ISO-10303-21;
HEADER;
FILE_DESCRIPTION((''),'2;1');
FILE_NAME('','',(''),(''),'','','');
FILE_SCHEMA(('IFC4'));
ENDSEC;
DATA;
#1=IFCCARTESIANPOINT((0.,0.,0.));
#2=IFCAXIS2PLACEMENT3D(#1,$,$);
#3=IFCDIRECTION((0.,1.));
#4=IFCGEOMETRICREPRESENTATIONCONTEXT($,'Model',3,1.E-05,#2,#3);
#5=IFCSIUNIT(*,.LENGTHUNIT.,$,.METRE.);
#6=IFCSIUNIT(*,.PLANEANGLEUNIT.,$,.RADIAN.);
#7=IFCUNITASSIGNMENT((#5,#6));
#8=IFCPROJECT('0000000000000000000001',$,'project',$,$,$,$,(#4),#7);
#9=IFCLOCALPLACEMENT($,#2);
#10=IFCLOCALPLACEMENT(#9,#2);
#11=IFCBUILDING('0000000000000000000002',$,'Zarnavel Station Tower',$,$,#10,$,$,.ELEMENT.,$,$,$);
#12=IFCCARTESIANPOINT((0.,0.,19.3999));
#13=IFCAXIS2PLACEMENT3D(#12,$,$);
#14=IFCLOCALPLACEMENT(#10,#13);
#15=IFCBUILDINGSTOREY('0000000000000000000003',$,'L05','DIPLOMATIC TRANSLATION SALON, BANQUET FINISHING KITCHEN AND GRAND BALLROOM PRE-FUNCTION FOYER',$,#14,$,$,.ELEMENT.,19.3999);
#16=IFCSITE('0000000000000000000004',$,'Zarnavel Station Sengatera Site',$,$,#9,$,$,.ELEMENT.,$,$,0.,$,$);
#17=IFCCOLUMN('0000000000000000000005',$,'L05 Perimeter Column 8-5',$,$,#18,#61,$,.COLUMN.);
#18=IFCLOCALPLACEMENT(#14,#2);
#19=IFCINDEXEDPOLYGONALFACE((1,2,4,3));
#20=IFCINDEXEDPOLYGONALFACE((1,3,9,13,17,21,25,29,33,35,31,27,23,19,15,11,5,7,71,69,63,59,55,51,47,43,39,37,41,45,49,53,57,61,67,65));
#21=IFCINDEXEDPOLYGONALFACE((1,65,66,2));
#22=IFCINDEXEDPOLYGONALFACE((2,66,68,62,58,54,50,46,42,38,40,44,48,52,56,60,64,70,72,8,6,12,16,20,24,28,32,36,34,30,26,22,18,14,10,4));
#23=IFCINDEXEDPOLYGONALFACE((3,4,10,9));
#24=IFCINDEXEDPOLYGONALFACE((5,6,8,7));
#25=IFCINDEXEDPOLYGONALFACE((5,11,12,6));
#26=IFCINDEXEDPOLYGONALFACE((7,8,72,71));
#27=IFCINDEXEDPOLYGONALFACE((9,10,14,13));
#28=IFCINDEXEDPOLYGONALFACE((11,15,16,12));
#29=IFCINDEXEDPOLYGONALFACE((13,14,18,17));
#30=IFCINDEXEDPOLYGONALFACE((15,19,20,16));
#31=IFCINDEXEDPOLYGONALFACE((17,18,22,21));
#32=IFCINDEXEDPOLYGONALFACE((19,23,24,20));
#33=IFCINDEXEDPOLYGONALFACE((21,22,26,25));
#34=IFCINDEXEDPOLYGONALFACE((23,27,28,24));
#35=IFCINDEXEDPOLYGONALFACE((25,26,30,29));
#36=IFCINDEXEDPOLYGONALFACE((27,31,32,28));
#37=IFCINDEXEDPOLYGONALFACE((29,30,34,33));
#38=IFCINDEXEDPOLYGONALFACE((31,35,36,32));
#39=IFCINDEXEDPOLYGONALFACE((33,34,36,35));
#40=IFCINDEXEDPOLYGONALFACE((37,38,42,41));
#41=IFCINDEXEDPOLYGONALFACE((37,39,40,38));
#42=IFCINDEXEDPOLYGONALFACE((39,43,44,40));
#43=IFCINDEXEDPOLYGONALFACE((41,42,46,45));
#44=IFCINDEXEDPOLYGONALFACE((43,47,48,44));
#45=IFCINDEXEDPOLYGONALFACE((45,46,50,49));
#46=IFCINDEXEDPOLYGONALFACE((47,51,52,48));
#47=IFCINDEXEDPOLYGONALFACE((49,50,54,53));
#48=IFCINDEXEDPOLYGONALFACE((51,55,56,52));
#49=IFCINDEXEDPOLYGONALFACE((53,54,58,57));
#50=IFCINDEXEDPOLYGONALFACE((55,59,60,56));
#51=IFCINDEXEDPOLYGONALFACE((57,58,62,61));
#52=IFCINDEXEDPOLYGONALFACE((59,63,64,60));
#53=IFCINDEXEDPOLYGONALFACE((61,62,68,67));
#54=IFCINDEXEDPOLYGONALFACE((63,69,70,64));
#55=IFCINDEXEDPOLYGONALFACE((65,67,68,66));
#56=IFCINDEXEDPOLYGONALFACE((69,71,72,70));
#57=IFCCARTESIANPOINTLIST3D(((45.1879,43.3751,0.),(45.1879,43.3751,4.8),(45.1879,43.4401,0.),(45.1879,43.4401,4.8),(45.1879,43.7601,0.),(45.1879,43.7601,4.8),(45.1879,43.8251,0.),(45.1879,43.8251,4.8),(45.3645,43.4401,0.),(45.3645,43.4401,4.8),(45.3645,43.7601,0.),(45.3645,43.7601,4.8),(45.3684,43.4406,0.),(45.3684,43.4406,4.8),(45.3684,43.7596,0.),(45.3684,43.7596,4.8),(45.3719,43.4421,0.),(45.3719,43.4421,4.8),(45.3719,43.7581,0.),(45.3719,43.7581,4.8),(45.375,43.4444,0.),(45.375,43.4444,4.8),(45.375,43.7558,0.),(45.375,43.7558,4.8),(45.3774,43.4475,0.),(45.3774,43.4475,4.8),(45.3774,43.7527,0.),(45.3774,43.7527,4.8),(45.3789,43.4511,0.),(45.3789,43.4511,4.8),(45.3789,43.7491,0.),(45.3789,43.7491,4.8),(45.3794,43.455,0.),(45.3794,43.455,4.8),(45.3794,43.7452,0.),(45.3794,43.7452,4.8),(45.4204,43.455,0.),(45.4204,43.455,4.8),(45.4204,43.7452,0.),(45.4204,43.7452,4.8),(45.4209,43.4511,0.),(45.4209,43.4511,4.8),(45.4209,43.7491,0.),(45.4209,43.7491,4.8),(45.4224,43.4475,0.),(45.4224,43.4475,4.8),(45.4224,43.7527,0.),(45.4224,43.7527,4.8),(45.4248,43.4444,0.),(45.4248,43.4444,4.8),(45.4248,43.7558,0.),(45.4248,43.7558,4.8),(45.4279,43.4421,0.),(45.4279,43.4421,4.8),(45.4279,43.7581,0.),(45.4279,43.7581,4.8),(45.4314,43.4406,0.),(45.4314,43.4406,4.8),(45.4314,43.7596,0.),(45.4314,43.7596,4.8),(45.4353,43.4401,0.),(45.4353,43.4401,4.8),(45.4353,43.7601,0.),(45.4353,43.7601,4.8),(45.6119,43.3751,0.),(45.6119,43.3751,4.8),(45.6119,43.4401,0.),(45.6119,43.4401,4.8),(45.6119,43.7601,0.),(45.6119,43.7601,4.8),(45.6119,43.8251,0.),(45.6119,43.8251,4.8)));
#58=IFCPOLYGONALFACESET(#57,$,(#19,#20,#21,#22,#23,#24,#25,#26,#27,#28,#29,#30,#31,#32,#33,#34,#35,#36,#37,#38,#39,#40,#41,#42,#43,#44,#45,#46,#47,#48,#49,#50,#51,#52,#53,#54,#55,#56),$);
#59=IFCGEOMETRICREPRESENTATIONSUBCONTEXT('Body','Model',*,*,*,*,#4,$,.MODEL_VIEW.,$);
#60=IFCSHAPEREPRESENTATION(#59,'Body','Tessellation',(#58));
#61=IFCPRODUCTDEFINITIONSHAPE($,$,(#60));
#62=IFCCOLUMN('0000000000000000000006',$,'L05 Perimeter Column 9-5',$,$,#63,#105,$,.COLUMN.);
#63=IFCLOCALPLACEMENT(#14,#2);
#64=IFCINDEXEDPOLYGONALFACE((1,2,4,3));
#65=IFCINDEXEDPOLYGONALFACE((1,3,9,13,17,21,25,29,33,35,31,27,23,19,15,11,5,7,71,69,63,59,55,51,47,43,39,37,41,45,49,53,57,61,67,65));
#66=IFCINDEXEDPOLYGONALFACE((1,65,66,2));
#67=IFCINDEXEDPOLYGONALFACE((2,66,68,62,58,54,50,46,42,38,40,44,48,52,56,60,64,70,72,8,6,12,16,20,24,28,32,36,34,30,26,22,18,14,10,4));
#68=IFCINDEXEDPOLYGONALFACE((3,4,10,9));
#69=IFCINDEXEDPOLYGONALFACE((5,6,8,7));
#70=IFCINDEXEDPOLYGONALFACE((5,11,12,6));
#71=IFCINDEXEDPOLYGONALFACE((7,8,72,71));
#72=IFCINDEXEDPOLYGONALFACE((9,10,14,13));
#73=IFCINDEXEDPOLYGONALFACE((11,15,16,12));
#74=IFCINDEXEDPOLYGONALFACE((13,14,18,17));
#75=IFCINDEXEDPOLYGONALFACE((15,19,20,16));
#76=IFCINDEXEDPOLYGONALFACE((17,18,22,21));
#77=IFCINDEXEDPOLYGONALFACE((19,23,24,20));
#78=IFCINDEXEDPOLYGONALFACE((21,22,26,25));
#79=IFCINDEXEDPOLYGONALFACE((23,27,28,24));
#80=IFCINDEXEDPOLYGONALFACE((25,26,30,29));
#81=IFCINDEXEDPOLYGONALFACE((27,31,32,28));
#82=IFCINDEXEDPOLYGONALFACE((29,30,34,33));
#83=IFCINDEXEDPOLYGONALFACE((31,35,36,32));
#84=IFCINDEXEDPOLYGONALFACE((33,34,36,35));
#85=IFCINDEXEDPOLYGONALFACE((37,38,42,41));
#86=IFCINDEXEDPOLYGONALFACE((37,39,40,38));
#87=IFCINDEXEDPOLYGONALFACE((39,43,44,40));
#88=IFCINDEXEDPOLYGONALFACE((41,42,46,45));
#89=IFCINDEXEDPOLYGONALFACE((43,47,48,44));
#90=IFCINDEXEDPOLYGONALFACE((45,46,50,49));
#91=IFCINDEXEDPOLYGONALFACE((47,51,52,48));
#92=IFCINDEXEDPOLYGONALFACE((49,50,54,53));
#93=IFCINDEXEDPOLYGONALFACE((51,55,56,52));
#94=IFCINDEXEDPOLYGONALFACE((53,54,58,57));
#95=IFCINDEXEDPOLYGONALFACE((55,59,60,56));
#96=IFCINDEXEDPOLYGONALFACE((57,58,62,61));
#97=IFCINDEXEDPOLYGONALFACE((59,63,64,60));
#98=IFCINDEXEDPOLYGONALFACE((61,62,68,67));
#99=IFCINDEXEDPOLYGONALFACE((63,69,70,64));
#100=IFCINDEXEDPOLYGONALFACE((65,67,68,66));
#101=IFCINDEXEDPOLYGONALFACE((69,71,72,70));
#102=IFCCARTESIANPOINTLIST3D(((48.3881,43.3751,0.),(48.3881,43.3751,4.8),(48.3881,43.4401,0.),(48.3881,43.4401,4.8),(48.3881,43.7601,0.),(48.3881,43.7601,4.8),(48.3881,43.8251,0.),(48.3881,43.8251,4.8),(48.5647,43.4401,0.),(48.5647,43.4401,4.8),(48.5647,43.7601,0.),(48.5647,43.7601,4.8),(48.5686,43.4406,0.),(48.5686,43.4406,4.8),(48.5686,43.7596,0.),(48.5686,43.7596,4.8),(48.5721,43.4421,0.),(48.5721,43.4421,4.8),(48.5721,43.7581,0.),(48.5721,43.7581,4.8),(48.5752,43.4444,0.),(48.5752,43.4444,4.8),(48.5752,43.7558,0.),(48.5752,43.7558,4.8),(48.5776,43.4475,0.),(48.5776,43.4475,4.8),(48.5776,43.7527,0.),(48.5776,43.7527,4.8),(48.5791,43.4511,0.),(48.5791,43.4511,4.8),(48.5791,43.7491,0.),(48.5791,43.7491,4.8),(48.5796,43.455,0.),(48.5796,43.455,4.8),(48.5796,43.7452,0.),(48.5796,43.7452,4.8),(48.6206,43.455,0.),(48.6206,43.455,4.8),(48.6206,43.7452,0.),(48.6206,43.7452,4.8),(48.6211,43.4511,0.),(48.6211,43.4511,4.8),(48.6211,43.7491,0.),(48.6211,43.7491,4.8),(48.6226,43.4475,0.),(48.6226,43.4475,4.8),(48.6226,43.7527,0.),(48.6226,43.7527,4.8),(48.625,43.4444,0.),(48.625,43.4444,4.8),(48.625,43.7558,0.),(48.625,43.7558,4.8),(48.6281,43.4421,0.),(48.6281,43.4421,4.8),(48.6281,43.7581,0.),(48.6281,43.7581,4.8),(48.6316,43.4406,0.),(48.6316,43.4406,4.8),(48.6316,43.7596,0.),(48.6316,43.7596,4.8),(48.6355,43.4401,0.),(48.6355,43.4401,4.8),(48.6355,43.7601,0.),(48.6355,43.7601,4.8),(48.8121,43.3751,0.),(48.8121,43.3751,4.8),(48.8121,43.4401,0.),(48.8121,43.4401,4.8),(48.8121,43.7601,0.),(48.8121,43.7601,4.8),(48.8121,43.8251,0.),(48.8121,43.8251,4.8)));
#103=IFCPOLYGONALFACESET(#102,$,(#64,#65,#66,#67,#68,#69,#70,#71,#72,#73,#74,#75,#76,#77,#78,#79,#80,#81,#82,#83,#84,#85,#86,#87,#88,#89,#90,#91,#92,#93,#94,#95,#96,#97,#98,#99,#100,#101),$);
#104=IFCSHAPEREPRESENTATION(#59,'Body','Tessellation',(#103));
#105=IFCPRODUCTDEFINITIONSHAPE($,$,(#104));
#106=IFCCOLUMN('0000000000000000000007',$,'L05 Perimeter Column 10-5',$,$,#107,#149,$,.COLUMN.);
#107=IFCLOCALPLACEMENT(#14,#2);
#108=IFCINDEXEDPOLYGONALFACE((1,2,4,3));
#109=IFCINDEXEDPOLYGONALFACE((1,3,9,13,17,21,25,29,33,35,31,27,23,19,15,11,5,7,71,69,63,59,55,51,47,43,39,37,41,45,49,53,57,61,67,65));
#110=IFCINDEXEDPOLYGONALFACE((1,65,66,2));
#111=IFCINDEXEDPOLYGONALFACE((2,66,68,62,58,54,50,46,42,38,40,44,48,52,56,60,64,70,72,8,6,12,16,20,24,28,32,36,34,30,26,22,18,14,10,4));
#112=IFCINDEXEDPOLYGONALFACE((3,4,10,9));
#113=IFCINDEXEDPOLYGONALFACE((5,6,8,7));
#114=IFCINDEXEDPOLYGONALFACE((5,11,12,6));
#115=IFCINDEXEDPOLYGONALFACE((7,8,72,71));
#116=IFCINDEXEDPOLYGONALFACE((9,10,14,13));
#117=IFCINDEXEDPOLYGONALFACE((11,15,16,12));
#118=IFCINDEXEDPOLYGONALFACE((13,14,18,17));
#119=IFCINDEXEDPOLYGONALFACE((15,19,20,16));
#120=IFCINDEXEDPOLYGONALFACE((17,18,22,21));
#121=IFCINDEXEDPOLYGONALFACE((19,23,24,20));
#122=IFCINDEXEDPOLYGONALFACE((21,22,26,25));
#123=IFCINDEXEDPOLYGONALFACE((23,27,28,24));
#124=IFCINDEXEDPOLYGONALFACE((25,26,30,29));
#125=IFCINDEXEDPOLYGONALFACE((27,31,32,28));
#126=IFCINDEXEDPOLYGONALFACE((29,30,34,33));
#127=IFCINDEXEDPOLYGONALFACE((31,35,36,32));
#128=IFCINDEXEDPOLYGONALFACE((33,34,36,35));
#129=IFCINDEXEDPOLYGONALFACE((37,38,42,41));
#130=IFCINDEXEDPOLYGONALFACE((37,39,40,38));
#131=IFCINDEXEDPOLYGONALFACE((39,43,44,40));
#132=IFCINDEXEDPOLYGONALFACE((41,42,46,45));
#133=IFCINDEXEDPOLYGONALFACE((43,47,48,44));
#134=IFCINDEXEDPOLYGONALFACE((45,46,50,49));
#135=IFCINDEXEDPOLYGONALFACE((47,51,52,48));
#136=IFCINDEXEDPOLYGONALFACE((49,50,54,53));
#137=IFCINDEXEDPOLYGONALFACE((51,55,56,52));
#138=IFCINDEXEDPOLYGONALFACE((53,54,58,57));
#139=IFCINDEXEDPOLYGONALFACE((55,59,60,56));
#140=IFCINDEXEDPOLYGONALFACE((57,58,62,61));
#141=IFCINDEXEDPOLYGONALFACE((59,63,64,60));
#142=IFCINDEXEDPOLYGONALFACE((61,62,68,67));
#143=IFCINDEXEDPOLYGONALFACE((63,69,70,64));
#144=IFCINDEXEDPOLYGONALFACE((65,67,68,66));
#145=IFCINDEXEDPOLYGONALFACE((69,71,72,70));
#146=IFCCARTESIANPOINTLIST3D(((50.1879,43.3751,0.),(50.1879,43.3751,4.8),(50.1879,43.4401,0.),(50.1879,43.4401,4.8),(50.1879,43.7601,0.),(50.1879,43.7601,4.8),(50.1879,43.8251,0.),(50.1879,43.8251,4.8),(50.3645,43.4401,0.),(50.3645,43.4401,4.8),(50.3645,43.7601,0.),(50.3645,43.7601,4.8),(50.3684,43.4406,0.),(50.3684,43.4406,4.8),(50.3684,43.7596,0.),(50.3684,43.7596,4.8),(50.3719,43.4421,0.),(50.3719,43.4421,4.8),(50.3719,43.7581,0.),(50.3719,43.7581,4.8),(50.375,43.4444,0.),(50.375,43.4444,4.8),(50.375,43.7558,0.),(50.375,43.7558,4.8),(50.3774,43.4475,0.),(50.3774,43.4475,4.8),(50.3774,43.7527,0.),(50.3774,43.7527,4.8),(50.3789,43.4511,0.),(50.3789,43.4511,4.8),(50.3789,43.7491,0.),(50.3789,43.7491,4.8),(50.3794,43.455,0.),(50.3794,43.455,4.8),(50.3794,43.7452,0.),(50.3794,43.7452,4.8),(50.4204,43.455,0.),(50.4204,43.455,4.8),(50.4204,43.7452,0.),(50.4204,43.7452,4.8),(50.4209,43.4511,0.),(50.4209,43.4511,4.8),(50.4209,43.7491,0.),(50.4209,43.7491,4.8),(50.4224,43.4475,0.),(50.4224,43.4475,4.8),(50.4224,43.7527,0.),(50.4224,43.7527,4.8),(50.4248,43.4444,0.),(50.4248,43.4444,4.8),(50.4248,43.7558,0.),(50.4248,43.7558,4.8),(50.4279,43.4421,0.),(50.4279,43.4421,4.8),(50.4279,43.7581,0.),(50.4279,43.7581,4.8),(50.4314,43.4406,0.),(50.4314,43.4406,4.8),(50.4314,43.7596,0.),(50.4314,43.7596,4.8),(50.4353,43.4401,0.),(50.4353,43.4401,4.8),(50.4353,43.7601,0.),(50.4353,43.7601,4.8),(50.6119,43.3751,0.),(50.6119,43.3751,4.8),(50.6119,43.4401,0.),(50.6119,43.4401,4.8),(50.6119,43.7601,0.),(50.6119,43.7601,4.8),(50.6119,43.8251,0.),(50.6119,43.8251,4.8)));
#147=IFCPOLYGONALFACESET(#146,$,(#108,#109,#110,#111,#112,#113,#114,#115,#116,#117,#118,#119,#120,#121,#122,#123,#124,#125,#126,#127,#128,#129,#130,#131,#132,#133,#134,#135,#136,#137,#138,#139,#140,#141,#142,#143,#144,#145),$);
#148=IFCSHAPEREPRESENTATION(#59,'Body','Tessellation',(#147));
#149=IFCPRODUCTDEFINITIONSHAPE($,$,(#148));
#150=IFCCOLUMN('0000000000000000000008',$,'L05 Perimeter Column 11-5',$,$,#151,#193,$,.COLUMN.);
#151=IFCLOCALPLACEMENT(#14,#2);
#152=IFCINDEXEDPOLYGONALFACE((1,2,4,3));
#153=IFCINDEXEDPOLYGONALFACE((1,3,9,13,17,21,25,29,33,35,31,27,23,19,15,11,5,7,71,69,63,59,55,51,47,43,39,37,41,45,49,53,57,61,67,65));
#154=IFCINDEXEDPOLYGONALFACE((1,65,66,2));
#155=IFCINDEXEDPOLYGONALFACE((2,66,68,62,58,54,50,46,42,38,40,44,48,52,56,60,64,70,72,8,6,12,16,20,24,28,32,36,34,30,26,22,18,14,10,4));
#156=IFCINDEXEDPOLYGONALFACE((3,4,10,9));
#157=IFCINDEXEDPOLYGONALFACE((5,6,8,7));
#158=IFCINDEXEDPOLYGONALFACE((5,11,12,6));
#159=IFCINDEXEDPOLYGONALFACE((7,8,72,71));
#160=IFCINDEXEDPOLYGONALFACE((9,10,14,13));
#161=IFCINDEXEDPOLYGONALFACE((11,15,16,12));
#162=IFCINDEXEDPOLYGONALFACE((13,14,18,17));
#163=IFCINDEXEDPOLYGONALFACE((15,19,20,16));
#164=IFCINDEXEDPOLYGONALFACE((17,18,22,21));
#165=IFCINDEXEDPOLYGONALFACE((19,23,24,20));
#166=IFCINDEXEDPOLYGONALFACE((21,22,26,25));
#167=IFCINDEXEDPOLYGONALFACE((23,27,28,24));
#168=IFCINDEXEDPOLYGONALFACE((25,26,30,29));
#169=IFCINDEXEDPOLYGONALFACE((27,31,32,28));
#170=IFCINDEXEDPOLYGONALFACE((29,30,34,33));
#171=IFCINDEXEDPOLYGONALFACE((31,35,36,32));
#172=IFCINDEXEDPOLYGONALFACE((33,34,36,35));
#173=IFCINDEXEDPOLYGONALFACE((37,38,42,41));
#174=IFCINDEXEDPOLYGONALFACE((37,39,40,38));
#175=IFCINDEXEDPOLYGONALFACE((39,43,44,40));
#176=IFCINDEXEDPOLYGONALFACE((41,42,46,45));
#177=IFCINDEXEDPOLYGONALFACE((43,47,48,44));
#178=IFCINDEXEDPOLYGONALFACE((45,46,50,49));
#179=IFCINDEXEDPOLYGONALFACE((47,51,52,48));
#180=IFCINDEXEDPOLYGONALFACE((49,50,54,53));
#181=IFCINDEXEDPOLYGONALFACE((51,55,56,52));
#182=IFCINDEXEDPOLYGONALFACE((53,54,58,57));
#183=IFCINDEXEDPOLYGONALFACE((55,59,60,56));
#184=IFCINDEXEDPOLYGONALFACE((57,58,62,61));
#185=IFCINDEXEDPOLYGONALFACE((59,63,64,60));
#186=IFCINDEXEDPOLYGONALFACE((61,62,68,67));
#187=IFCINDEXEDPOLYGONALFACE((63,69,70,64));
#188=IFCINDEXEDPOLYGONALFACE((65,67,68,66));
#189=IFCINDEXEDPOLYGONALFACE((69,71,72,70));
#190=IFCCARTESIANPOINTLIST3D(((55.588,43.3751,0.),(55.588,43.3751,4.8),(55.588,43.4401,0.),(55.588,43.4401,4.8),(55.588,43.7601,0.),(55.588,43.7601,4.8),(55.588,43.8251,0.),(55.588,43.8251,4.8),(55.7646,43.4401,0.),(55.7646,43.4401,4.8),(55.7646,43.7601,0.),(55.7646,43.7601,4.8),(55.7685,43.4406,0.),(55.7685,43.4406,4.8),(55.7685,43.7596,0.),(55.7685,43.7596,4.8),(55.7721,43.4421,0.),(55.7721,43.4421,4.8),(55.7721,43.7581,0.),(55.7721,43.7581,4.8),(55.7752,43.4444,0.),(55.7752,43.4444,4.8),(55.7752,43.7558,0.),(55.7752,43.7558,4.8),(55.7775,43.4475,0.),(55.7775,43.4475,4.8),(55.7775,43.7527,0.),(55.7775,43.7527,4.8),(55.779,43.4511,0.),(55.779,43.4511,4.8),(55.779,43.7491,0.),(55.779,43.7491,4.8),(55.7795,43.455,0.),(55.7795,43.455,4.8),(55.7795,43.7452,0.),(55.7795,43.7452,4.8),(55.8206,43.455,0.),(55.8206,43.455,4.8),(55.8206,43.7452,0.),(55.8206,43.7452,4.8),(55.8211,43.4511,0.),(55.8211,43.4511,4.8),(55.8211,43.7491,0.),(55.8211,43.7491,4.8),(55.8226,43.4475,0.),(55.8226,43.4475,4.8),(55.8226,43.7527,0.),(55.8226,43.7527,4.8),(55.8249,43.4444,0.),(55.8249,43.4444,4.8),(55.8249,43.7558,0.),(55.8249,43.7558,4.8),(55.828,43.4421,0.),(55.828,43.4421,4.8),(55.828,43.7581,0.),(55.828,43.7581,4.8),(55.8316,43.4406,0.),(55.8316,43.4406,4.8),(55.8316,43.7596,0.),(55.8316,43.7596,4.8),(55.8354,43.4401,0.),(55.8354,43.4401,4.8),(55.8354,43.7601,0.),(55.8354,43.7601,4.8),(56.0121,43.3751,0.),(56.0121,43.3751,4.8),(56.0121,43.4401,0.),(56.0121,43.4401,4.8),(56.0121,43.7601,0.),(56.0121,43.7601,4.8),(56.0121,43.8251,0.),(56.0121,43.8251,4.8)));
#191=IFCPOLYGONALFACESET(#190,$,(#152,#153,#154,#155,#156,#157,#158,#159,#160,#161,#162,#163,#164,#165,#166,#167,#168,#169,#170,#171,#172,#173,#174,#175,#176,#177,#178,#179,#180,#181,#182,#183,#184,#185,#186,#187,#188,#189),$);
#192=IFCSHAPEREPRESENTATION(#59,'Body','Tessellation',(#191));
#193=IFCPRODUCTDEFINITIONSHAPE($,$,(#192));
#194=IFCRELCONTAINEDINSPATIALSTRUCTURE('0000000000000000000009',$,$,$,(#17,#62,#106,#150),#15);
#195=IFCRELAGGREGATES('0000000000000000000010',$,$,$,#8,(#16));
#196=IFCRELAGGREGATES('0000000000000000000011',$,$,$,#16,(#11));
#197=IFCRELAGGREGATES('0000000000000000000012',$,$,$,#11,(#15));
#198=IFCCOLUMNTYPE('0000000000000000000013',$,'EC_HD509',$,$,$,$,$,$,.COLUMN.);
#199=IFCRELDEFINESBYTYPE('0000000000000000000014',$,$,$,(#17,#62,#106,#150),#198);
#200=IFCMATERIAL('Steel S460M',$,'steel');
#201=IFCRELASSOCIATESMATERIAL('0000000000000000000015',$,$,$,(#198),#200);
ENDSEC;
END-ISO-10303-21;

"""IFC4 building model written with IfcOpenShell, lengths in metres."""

from ifc_helpers import new_model, si_unit, direction, frame, origin, origin_2d, place, context, subcontext, project, spatial, i_section, extrude, material, material_profile, profile_set, type_object, element, save


model = new_model("IFC4")

# Units and contexts
model_context = context("Model", 3, precision=1e-05, world=origin(), true_north=direction((0.0, 1.0)))
body_context = subcontext(model_context, "Body", "Model", "MODEL_VIEW")
ifc_project = project(units=[si_unit("LENGTHUNIT", "METRE"), si_unit("PLANEANGLEUNIT", "RADIAN")], contexts=[model_context])

# Site, building, storey
site_placement = place(None, origin())
site = spatial("IfcSite", under=ifc_project, at=site_placement, Name="Zarnavel Station Sengatera Site", CompositionType="ELEMENT", RefElevation=0.0)
building_placement = place(site_placement, origin())
building = spatial("IfcBuilding", under=site, at=building_placement, Name="Zarnavel Station Tower", CompositionType="ELEMENT")
storey_placement = place(building_placement, frame((0.0, 0.0, 19.3999)))
storey = spatial("IfcBuildingStorey", under=building, at=storey_placement, Name="L05", Description="DIPLOMATIC TRANSLATION SALON, BANQUET FINISHING KITCHEN AND GRAND BALLROOM PRE-FUNCTION FOYER", CompositionType="ELEMENT", Elevation=19.3999)

# Columns
ifc_material_1 = material(Name="Steel S460M", Category="steel")
ifc_material_profile_1 = material_profile(ifc_material_1, i_section(OverallWidth=0.4241, OverallDepth=0.45, WebThickness=0.041, FlangeThickness=0.0649, FilletRadius=0.0149, at=origin_2d()), Name="HD400x509")
ifc_profile_set_1 = profile_set([ifc_material_profile_1], Name="Steel S460M")
column_type = type_object("IfcColumnType", Name="EC_HD509", PredefinedType="COLUMN", material=ifc_profile_set_1)
for number, where, z_axis, x_axis, name in (
    (1, (45.3999, 43.6001, 0.0), (0.0, 0.0, 1.0), (1.0, 0.0, 0.0), "L05 Perimeter Column 8-5"),
    (2, (48.6001, 43.6001, 0.0), (0.0, 0.0, 1.0), (1.0, 0.0, 0.0), "L05 Perimeter Column 9-5"),
    (3, (50.3999, 43.6001, 0.0), (0.0, 0.0, 1.0), (1.0, 0.0, 0.0), "L05 Perimeter Column 10-5"),
    (4, (55.8, 43.6001, 0.0), (0.0, 0.0, 1.0), (1.0, 0.0, 0.0), "L05 Perimeter Column 11-5"),
):
    element("IfcColumn", number, at=place(storey_placement, frame(where, z_axis=z_axis, x_axis=x_axis)), inside=storey, type_object=column_type, Name=name, PredefinedType="COLUMN", context=body_context, shape_type="SweptSolid", body=[
        extrude(i_section(OverallWidth=0.4241, OverallDepth=0.45, WebThickness=0.041, FlangeThickness=0.0649, FilletRadius=0.0149, at=origin_2d()), origin(), (0.0, 0.0, 1.0), 4.8),
    ])

save(model, "model.ifc")
